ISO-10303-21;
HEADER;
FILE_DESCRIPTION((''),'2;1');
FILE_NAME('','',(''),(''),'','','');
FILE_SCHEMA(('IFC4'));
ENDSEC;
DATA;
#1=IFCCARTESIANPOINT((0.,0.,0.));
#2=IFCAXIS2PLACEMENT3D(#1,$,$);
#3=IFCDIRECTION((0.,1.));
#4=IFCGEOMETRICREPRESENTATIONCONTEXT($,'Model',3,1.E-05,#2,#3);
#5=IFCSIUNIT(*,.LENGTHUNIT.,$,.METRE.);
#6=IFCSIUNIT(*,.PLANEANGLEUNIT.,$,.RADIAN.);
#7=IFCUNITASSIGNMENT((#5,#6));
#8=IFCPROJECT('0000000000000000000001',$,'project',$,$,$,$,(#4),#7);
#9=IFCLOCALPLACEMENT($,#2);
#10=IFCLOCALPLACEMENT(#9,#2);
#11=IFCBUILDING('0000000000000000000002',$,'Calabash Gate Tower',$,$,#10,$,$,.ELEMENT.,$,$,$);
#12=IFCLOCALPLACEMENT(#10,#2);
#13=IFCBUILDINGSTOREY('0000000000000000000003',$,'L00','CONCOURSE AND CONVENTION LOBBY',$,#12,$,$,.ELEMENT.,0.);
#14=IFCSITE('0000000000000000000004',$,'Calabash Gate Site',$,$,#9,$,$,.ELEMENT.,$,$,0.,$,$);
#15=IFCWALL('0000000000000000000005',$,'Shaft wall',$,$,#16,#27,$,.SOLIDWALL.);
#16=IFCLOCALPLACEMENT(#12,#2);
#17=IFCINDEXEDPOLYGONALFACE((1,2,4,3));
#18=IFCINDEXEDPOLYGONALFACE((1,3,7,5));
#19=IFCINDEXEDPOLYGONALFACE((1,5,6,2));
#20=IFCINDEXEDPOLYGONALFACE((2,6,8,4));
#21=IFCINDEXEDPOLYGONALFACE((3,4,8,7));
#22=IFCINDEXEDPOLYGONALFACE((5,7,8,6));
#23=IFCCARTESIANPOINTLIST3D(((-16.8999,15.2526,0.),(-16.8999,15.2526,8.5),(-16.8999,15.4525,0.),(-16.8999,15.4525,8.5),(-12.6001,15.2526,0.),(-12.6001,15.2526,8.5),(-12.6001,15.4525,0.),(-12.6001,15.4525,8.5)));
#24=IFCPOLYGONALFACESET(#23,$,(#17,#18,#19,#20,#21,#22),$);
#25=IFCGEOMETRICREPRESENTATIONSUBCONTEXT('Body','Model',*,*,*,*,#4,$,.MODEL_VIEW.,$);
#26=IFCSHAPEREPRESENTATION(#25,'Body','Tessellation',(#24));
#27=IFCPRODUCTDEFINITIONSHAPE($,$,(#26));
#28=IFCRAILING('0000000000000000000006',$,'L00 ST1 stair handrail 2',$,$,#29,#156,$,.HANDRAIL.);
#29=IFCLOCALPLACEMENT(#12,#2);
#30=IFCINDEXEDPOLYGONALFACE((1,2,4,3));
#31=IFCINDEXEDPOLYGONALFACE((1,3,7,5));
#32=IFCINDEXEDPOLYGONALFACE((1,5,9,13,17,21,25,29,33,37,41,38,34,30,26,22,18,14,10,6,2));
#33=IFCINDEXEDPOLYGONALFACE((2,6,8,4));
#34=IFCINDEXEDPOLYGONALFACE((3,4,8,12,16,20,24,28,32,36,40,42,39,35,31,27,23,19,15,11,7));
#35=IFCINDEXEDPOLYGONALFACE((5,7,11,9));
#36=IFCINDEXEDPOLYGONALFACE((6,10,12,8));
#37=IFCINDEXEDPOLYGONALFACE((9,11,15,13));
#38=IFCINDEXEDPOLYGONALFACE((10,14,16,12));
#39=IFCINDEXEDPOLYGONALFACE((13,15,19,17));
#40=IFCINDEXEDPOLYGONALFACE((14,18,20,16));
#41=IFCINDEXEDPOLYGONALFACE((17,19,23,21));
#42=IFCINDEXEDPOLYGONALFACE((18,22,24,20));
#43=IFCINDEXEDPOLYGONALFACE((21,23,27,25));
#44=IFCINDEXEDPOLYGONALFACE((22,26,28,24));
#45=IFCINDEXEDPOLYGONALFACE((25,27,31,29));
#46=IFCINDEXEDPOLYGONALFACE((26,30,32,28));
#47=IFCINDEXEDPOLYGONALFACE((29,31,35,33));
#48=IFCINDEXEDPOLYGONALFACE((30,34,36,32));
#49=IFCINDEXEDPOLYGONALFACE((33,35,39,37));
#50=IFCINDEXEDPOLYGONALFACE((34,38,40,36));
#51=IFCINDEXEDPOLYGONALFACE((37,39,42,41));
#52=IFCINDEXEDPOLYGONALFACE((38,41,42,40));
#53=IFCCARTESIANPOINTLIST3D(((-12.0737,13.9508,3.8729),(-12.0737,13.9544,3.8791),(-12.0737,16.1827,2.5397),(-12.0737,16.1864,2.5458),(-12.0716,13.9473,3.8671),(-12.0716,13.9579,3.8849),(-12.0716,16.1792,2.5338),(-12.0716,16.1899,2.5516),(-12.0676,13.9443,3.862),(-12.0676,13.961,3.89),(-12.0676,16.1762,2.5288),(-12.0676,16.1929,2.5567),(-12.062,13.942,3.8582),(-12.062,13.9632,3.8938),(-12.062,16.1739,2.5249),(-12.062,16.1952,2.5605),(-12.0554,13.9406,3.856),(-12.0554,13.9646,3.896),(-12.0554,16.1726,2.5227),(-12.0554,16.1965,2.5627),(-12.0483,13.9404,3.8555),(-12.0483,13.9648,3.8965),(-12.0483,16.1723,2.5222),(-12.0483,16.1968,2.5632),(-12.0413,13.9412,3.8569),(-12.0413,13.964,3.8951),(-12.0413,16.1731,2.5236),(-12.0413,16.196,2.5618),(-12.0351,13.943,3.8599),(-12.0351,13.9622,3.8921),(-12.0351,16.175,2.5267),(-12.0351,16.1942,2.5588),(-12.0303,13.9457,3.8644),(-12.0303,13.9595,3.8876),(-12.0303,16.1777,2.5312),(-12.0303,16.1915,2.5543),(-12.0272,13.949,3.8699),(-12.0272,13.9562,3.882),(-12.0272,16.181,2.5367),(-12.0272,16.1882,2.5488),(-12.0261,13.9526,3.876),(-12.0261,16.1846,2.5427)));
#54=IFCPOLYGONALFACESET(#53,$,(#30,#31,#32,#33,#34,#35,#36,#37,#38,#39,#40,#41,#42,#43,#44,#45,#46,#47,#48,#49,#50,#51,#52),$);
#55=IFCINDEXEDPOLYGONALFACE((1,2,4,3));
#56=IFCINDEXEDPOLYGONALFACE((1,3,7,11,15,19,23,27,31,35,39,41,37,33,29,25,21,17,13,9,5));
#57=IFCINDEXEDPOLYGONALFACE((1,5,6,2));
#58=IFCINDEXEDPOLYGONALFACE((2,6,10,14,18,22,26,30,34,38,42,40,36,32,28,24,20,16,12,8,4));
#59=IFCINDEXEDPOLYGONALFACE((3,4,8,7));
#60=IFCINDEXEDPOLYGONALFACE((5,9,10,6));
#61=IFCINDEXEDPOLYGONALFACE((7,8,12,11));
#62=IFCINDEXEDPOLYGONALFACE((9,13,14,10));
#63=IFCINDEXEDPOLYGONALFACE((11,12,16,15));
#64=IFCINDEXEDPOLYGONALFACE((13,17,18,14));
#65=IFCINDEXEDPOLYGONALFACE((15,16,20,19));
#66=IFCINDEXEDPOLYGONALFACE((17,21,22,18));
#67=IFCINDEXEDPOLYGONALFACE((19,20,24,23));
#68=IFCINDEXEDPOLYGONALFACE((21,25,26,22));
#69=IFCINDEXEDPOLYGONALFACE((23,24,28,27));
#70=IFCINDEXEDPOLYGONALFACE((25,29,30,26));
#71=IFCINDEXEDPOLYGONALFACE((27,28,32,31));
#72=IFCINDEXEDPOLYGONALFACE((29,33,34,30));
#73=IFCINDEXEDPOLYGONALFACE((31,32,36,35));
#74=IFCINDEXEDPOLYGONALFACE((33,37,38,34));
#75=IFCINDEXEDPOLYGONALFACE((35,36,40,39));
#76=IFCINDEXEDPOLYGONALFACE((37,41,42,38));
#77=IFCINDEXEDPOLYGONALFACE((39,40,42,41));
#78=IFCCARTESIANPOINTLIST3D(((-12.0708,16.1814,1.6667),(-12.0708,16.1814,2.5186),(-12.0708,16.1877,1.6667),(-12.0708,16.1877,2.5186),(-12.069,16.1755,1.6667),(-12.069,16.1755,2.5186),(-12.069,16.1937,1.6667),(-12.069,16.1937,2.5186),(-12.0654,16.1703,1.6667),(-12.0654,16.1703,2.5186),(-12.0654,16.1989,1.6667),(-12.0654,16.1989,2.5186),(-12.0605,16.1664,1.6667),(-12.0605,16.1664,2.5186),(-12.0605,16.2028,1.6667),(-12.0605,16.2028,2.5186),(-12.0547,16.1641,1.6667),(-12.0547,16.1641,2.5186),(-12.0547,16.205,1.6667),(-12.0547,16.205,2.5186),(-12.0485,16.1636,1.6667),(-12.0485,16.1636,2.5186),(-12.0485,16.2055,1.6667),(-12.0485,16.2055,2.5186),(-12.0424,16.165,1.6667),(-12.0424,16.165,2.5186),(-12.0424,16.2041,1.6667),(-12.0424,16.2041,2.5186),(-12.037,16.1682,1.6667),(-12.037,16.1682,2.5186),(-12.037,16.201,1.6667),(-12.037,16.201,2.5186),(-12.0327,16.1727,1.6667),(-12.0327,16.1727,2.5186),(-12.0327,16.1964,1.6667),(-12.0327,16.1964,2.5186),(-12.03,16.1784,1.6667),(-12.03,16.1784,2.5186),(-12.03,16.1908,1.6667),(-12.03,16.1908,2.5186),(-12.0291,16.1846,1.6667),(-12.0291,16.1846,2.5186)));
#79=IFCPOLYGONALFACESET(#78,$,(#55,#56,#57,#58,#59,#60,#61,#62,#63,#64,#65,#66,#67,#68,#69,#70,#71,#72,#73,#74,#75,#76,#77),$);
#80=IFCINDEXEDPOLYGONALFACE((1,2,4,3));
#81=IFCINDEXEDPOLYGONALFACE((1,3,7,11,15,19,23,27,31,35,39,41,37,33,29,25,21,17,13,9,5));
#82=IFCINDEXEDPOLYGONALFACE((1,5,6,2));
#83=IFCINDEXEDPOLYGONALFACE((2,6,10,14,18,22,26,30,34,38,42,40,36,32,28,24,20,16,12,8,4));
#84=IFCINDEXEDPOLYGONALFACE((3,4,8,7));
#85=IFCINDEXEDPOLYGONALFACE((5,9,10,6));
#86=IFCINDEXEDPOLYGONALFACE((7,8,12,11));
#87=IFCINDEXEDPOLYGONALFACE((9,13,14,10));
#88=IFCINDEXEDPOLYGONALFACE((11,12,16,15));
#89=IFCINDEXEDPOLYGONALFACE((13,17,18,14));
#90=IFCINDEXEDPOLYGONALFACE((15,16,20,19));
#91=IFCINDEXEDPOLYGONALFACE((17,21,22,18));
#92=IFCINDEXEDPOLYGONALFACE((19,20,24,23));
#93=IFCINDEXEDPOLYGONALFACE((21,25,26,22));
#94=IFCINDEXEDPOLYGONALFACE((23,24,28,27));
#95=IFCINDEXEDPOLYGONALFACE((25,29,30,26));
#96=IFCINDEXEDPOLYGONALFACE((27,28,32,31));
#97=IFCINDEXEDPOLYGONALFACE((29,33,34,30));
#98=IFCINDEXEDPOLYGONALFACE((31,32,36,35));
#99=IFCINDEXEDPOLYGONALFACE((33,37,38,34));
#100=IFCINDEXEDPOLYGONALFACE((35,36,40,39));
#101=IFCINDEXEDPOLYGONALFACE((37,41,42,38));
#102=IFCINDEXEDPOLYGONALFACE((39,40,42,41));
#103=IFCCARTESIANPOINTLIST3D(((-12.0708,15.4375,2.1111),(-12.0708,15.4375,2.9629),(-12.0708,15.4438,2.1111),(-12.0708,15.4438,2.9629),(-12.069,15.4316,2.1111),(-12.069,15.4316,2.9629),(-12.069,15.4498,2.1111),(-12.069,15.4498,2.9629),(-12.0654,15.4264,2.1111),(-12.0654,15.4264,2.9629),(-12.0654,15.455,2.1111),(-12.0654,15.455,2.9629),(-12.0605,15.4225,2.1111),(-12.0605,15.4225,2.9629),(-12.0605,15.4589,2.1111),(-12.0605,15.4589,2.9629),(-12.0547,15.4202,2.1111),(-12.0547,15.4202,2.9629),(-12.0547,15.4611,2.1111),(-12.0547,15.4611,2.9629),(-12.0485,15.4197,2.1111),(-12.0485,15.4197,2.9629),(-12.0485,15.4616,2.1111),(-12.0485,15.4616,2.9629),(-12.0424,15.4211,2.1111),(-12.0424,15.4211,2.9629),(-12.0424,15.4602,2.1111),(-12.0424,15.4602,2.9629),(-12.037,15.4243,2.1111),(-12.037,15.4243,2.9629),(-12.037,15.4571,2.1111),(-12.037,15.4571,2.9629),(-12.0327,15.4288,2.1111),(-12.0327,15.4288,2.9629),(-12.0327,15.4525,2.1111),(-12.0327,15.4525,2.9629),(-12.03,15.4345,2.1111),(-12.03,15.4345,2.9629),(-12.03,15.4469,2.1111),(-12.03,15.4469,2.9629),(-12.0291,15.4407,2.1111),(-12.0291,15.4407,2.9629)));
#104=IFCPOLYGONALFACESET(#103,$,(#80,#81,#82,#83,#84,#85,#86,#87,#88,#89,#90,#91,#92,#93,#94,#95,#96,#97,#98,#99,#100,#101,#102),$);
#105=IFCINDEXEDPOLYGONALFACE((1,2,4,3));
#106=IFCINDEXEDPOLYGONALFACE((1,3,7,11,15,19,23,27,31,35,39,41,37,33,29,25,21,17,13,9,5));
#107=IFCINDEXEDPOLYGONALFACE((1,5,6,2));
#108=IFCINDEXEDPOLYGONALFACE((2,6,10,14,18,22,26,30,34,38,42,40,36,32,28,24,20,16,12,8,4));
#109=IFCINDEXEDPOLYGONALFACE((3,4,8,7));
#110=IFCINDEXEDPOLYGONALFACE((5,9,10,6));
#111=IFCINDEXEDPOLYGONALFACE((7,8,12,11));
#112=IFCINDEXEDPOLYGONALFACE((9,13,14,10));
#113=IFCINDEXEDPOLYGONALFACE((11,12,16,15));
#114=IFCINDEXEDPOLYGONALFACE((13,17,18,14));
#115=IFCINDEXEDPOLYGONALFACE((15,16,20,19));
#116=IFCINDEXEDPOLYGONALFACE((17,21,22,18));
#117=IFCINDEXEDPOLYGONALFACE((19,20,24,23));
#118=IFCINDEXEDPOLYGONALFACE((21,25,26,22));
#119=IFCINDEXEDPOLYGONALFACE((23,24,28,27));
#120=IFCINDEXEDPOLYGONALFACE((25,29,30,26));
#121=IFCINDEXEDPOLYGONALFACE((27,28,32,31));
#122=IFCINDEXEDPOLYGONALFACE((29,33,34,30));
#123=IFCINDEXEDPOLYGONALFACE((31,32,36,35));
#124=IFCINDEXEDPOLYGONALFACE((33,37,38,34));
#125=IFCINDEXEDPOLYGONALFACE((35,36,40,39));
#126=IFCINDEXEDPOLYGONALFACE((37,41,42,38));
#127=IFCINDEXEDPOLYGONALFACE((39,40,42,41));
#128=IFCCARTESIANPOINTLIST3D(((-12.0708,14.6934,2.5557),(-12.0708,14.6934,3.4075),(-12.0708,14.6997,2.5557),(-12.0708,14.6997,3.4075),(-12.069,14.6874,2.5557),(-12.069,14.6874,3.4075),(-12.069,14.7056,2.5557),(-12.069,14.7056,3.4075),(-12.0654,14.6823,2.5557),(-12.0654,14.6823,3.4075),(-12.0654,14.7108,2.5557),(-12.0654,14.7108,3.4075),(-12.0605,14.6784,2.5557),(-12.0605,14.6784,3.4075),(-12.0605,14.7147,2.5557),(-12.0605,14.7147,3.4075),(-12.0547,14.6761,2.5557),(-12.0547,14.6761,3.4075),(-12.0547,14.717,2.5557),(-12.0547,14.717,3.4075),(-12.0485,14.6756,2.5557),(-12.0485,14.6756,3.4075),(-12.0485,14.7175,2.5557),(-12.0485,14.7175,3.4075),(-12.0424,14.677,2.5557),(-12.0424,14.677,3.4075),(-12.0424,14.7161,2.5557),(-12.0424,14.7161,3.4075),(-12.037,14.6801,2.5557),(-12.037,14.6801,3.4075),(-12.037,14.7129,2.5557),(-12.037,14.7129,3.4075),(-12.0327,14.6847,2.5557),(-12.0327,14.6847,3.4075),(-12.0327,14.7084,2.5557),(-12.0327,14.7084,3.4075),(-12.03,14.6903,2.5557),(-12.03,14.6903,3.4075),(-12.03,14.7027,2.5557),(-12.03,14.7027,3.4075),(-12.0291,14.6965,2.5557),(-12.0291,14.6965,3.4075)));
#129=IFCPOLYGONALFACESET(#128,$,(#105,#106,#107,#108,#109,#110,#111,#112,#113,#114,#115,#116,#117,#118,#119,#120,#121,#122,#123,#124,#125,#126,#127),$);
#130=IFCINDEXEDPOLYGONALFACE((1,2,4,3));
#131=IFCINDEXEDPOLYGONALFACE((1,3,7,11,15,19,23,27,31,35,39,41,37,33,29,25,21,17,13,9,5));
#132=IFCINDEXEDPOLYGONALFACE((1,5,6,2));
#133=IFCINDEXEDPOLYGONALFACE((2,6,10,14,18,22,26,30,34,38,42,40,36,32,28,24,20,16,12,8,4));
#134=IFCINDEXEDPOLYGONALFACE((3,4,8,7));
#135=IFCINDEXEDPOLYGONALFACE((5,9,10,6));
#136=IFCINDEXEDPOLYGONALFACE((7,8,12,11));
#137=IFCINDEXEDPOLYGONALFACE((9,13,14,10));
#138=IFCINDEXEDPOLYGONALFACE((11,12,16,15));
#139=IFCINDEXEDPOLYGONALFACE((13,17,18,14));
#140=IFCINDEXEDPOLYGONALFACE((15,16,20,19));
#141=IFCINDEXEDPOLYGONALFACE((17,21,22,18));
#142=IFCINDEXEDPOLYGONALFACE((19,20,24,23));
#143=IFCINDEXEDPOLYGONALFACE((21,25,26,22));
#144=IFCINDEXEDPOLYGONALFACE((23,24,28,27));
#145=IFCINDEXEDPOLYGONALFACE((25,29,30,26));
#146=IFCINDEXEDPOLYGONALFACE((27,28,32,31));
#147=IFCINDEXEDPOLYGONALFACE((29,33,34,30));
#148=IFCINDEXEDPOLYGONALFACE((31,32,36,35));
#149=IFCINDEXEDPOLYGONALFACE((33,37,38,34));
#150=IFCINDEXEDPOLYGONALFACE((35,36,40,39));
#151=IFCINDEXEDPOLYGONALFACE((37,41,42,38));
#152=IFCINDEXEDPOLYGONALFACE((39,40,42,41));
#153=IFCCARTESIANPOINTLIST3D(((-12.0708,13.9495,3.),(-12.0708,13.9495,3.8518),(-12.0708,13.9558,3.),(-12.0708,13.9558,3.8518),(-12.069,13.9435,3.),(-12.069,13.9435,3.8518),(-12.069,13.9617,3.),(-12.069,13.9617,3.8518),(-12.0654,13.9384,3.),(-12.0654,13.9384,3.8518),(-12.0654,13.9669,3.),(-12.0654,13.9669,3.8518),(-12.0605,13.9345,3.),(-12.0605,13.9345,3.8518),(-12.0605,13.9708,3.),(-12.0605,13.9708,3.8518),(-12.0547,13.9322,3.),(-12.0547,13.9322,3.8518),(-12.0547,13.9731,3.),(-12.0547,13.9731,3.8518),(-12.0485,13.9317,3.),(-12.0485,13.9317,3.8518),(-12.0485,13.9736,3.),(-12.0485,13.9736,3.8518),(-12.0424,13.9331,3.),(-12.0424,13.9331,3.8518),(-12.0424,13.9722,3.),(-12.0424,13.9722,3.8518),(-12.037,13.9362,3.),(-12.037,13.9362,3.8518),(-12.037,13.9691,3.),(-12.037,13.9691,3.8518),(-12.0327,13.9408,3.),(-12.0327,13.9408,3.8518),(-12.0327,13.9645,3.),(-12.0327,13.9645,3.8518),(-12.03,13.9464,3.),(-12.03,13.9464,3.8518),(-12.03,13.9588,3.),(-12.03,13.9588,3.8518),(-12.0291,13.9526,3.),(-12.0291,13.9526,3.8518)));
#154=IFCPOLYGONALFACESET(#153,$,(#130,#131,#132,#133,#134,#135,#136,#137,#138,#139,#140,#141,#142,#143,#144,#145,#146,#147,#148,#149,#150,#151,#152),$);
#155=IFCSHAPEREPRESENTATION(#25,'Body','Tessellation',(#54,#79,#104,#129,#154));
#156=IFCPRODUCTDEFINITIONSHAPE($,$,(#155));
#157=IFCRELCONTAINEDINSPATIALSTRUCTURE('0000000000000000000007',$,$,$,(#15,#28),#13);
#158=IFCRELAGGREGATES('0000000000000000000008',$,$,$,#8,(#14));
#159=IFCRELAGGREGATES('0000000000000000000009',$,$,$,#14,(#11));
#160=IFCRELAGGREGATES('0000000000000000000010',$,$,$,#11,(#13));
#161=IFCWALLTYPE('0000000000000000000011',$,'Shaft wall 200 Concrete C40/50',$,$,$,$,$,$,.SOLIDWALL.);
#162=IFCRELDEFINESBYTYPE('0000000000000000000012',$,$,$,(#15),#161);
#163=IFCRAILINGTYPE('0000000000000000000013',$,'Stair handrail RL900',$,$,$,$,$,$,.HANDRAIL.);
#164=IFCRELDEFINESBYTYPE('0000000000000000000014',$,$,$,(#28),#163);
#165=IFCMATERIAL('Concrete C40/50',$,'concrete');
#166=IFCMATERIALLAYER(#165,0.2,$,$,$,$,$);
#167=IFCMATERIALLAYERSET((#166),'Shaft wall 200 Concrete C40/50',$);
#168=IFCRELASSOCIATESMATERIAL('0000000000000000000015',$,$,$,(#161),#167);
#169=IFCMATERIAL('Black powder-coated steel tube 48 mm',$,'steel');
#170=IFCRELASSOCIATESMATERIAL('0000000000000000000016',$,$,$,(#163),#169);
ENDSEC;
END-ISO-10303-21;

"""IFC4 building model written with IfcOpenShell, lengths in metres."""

from ifc_helpers import new_model, si_unit, direction, frame, frame_2d, origin, origin_2d, place, context, subcontext, project, spatial, rectangle, circle, extrude, material, layer, layer_set, type_object, element, save


model = new_model("IFC4")

# Units and contexts
model_context = context("Model", 3, precision=1e-05, world=origin(), true_north=direction((0.0, 1.0)))
body_context = subcontext(model_context, "Body", "Model", "MODEL_VIEW")
ifc_project = project(units=[si_unit("LENGTHUNIT", "METRE"), si_unit("PLANEANGLEUNIT", "RADIAN")], contexts=[model_context])

# Site, building, storey
site_placement = place(None, origin())
site = spatial("IfcSite", under=ifc_project, at=site_placement, Name="Calabash Gate Site", CompositionType="ELEMENT", RefElevation=0.0)
building_placement = place(site_placement, origin())
building = spatial("IfcBuilding", under=site, at=building_placement, Name="Calabash Gate Tower", CompositionType="ELEMENT")
storey_placement = place(building_placement, origin())
storey = spatial("IfcBuildingStorey", under=building, at=storey_placement, Name="L00", Description="CONCOURSE AND CONVENTION LOBBY", CompositionType="ELEMENT", Elevation=0.0)

# Shared definitions
ifc_material_1 = material(Name="Concrete C40/50", Category="concrete")
ifc_layer_1 = layer(ifc_material_1, 0.2)
ifc_layer_set_1 = layer_set([ifc_layer_1], Name="Shaft wall 200 Concrete C40/50")
wall_type_1 = type_object("IfcWallType", Name="Shaft wall 200 Concrete C40/50", PredefinedType="SOLIDWALL", material=ifc_layer_set_1)

# Wall
wall_1_placement = place(storey_placement, frame((-16.8999, 15.3525, 0.0), z_axis=(0.0, 0.0, 1.0), x_axis=(1.0, 0.0, 0.0)))
element("IfcWall", 1, at=wall_1_placement, inside=storey, type_object=wall_type_1, Name="Shaft wall", PredefinedType="SOLIDWALL", context=body_context, shape_type="SweptSolid", body=[
    extrude(rectangle(XDim=4.2998, YDim=0.2, at=frame_2d((2.1499, 0.0))), origin(), (0.0, 0.0, 1.0), 8.5),
])

# Railing
ifc_material_2 = material(Name="Black powder-coated steel tube 48 mm", Category="steel")
railing_type = type_object("IfcRailingType", Name="Stair handrail RL900", PredefinedType="HANDRAIL", material=ifc_material_2)
for number, where, name in (
    (2, (-12.05, 16.1846, 1.6667), "L00 ST1 stair handrail 2"),
):
    element("IfcRailing", number, at=place(storey_placement, frame(where)), inside=storey, type_object=railing_type, Name=name, PredefinedType="HANDRAIL", context=body_context, shape_type="SweptSolid", body=[
        extrude(circle(Radius=0.0239, at=origin_2d()), frame((0.0, 0.0, 0.876), z_axis=(0.0, -0.858494, 0.512824), x_axis=(1.0, 0.0, 0.0)), (0.0, 0.0, 1.0), 2.5999),
        extrude(circle(Radius=0.021, at=origin_2d()), origin(), (0.0, 0.0, 1.0), 0.8518),
        extrude(circle(Radius=0.021, at=origin_2d()), frame((0.0, -0.7439, 0.4443)), (0.0, 0.0, 1.0), 0.8518),
        extrude(circle(Radius=0.021, at=origin_2d()), frame((0.0, -1.488, 0.8889)), (0.0, 0.0, 1.0), 0.8518),
        extrude(circle(Radius=0.021, at=origin_2d()), frame((0.0, -2.2319, 1.3333)), (0.0, 0.0, 1.0), 0.8518),
    ])

save(model, "model.ifc")
